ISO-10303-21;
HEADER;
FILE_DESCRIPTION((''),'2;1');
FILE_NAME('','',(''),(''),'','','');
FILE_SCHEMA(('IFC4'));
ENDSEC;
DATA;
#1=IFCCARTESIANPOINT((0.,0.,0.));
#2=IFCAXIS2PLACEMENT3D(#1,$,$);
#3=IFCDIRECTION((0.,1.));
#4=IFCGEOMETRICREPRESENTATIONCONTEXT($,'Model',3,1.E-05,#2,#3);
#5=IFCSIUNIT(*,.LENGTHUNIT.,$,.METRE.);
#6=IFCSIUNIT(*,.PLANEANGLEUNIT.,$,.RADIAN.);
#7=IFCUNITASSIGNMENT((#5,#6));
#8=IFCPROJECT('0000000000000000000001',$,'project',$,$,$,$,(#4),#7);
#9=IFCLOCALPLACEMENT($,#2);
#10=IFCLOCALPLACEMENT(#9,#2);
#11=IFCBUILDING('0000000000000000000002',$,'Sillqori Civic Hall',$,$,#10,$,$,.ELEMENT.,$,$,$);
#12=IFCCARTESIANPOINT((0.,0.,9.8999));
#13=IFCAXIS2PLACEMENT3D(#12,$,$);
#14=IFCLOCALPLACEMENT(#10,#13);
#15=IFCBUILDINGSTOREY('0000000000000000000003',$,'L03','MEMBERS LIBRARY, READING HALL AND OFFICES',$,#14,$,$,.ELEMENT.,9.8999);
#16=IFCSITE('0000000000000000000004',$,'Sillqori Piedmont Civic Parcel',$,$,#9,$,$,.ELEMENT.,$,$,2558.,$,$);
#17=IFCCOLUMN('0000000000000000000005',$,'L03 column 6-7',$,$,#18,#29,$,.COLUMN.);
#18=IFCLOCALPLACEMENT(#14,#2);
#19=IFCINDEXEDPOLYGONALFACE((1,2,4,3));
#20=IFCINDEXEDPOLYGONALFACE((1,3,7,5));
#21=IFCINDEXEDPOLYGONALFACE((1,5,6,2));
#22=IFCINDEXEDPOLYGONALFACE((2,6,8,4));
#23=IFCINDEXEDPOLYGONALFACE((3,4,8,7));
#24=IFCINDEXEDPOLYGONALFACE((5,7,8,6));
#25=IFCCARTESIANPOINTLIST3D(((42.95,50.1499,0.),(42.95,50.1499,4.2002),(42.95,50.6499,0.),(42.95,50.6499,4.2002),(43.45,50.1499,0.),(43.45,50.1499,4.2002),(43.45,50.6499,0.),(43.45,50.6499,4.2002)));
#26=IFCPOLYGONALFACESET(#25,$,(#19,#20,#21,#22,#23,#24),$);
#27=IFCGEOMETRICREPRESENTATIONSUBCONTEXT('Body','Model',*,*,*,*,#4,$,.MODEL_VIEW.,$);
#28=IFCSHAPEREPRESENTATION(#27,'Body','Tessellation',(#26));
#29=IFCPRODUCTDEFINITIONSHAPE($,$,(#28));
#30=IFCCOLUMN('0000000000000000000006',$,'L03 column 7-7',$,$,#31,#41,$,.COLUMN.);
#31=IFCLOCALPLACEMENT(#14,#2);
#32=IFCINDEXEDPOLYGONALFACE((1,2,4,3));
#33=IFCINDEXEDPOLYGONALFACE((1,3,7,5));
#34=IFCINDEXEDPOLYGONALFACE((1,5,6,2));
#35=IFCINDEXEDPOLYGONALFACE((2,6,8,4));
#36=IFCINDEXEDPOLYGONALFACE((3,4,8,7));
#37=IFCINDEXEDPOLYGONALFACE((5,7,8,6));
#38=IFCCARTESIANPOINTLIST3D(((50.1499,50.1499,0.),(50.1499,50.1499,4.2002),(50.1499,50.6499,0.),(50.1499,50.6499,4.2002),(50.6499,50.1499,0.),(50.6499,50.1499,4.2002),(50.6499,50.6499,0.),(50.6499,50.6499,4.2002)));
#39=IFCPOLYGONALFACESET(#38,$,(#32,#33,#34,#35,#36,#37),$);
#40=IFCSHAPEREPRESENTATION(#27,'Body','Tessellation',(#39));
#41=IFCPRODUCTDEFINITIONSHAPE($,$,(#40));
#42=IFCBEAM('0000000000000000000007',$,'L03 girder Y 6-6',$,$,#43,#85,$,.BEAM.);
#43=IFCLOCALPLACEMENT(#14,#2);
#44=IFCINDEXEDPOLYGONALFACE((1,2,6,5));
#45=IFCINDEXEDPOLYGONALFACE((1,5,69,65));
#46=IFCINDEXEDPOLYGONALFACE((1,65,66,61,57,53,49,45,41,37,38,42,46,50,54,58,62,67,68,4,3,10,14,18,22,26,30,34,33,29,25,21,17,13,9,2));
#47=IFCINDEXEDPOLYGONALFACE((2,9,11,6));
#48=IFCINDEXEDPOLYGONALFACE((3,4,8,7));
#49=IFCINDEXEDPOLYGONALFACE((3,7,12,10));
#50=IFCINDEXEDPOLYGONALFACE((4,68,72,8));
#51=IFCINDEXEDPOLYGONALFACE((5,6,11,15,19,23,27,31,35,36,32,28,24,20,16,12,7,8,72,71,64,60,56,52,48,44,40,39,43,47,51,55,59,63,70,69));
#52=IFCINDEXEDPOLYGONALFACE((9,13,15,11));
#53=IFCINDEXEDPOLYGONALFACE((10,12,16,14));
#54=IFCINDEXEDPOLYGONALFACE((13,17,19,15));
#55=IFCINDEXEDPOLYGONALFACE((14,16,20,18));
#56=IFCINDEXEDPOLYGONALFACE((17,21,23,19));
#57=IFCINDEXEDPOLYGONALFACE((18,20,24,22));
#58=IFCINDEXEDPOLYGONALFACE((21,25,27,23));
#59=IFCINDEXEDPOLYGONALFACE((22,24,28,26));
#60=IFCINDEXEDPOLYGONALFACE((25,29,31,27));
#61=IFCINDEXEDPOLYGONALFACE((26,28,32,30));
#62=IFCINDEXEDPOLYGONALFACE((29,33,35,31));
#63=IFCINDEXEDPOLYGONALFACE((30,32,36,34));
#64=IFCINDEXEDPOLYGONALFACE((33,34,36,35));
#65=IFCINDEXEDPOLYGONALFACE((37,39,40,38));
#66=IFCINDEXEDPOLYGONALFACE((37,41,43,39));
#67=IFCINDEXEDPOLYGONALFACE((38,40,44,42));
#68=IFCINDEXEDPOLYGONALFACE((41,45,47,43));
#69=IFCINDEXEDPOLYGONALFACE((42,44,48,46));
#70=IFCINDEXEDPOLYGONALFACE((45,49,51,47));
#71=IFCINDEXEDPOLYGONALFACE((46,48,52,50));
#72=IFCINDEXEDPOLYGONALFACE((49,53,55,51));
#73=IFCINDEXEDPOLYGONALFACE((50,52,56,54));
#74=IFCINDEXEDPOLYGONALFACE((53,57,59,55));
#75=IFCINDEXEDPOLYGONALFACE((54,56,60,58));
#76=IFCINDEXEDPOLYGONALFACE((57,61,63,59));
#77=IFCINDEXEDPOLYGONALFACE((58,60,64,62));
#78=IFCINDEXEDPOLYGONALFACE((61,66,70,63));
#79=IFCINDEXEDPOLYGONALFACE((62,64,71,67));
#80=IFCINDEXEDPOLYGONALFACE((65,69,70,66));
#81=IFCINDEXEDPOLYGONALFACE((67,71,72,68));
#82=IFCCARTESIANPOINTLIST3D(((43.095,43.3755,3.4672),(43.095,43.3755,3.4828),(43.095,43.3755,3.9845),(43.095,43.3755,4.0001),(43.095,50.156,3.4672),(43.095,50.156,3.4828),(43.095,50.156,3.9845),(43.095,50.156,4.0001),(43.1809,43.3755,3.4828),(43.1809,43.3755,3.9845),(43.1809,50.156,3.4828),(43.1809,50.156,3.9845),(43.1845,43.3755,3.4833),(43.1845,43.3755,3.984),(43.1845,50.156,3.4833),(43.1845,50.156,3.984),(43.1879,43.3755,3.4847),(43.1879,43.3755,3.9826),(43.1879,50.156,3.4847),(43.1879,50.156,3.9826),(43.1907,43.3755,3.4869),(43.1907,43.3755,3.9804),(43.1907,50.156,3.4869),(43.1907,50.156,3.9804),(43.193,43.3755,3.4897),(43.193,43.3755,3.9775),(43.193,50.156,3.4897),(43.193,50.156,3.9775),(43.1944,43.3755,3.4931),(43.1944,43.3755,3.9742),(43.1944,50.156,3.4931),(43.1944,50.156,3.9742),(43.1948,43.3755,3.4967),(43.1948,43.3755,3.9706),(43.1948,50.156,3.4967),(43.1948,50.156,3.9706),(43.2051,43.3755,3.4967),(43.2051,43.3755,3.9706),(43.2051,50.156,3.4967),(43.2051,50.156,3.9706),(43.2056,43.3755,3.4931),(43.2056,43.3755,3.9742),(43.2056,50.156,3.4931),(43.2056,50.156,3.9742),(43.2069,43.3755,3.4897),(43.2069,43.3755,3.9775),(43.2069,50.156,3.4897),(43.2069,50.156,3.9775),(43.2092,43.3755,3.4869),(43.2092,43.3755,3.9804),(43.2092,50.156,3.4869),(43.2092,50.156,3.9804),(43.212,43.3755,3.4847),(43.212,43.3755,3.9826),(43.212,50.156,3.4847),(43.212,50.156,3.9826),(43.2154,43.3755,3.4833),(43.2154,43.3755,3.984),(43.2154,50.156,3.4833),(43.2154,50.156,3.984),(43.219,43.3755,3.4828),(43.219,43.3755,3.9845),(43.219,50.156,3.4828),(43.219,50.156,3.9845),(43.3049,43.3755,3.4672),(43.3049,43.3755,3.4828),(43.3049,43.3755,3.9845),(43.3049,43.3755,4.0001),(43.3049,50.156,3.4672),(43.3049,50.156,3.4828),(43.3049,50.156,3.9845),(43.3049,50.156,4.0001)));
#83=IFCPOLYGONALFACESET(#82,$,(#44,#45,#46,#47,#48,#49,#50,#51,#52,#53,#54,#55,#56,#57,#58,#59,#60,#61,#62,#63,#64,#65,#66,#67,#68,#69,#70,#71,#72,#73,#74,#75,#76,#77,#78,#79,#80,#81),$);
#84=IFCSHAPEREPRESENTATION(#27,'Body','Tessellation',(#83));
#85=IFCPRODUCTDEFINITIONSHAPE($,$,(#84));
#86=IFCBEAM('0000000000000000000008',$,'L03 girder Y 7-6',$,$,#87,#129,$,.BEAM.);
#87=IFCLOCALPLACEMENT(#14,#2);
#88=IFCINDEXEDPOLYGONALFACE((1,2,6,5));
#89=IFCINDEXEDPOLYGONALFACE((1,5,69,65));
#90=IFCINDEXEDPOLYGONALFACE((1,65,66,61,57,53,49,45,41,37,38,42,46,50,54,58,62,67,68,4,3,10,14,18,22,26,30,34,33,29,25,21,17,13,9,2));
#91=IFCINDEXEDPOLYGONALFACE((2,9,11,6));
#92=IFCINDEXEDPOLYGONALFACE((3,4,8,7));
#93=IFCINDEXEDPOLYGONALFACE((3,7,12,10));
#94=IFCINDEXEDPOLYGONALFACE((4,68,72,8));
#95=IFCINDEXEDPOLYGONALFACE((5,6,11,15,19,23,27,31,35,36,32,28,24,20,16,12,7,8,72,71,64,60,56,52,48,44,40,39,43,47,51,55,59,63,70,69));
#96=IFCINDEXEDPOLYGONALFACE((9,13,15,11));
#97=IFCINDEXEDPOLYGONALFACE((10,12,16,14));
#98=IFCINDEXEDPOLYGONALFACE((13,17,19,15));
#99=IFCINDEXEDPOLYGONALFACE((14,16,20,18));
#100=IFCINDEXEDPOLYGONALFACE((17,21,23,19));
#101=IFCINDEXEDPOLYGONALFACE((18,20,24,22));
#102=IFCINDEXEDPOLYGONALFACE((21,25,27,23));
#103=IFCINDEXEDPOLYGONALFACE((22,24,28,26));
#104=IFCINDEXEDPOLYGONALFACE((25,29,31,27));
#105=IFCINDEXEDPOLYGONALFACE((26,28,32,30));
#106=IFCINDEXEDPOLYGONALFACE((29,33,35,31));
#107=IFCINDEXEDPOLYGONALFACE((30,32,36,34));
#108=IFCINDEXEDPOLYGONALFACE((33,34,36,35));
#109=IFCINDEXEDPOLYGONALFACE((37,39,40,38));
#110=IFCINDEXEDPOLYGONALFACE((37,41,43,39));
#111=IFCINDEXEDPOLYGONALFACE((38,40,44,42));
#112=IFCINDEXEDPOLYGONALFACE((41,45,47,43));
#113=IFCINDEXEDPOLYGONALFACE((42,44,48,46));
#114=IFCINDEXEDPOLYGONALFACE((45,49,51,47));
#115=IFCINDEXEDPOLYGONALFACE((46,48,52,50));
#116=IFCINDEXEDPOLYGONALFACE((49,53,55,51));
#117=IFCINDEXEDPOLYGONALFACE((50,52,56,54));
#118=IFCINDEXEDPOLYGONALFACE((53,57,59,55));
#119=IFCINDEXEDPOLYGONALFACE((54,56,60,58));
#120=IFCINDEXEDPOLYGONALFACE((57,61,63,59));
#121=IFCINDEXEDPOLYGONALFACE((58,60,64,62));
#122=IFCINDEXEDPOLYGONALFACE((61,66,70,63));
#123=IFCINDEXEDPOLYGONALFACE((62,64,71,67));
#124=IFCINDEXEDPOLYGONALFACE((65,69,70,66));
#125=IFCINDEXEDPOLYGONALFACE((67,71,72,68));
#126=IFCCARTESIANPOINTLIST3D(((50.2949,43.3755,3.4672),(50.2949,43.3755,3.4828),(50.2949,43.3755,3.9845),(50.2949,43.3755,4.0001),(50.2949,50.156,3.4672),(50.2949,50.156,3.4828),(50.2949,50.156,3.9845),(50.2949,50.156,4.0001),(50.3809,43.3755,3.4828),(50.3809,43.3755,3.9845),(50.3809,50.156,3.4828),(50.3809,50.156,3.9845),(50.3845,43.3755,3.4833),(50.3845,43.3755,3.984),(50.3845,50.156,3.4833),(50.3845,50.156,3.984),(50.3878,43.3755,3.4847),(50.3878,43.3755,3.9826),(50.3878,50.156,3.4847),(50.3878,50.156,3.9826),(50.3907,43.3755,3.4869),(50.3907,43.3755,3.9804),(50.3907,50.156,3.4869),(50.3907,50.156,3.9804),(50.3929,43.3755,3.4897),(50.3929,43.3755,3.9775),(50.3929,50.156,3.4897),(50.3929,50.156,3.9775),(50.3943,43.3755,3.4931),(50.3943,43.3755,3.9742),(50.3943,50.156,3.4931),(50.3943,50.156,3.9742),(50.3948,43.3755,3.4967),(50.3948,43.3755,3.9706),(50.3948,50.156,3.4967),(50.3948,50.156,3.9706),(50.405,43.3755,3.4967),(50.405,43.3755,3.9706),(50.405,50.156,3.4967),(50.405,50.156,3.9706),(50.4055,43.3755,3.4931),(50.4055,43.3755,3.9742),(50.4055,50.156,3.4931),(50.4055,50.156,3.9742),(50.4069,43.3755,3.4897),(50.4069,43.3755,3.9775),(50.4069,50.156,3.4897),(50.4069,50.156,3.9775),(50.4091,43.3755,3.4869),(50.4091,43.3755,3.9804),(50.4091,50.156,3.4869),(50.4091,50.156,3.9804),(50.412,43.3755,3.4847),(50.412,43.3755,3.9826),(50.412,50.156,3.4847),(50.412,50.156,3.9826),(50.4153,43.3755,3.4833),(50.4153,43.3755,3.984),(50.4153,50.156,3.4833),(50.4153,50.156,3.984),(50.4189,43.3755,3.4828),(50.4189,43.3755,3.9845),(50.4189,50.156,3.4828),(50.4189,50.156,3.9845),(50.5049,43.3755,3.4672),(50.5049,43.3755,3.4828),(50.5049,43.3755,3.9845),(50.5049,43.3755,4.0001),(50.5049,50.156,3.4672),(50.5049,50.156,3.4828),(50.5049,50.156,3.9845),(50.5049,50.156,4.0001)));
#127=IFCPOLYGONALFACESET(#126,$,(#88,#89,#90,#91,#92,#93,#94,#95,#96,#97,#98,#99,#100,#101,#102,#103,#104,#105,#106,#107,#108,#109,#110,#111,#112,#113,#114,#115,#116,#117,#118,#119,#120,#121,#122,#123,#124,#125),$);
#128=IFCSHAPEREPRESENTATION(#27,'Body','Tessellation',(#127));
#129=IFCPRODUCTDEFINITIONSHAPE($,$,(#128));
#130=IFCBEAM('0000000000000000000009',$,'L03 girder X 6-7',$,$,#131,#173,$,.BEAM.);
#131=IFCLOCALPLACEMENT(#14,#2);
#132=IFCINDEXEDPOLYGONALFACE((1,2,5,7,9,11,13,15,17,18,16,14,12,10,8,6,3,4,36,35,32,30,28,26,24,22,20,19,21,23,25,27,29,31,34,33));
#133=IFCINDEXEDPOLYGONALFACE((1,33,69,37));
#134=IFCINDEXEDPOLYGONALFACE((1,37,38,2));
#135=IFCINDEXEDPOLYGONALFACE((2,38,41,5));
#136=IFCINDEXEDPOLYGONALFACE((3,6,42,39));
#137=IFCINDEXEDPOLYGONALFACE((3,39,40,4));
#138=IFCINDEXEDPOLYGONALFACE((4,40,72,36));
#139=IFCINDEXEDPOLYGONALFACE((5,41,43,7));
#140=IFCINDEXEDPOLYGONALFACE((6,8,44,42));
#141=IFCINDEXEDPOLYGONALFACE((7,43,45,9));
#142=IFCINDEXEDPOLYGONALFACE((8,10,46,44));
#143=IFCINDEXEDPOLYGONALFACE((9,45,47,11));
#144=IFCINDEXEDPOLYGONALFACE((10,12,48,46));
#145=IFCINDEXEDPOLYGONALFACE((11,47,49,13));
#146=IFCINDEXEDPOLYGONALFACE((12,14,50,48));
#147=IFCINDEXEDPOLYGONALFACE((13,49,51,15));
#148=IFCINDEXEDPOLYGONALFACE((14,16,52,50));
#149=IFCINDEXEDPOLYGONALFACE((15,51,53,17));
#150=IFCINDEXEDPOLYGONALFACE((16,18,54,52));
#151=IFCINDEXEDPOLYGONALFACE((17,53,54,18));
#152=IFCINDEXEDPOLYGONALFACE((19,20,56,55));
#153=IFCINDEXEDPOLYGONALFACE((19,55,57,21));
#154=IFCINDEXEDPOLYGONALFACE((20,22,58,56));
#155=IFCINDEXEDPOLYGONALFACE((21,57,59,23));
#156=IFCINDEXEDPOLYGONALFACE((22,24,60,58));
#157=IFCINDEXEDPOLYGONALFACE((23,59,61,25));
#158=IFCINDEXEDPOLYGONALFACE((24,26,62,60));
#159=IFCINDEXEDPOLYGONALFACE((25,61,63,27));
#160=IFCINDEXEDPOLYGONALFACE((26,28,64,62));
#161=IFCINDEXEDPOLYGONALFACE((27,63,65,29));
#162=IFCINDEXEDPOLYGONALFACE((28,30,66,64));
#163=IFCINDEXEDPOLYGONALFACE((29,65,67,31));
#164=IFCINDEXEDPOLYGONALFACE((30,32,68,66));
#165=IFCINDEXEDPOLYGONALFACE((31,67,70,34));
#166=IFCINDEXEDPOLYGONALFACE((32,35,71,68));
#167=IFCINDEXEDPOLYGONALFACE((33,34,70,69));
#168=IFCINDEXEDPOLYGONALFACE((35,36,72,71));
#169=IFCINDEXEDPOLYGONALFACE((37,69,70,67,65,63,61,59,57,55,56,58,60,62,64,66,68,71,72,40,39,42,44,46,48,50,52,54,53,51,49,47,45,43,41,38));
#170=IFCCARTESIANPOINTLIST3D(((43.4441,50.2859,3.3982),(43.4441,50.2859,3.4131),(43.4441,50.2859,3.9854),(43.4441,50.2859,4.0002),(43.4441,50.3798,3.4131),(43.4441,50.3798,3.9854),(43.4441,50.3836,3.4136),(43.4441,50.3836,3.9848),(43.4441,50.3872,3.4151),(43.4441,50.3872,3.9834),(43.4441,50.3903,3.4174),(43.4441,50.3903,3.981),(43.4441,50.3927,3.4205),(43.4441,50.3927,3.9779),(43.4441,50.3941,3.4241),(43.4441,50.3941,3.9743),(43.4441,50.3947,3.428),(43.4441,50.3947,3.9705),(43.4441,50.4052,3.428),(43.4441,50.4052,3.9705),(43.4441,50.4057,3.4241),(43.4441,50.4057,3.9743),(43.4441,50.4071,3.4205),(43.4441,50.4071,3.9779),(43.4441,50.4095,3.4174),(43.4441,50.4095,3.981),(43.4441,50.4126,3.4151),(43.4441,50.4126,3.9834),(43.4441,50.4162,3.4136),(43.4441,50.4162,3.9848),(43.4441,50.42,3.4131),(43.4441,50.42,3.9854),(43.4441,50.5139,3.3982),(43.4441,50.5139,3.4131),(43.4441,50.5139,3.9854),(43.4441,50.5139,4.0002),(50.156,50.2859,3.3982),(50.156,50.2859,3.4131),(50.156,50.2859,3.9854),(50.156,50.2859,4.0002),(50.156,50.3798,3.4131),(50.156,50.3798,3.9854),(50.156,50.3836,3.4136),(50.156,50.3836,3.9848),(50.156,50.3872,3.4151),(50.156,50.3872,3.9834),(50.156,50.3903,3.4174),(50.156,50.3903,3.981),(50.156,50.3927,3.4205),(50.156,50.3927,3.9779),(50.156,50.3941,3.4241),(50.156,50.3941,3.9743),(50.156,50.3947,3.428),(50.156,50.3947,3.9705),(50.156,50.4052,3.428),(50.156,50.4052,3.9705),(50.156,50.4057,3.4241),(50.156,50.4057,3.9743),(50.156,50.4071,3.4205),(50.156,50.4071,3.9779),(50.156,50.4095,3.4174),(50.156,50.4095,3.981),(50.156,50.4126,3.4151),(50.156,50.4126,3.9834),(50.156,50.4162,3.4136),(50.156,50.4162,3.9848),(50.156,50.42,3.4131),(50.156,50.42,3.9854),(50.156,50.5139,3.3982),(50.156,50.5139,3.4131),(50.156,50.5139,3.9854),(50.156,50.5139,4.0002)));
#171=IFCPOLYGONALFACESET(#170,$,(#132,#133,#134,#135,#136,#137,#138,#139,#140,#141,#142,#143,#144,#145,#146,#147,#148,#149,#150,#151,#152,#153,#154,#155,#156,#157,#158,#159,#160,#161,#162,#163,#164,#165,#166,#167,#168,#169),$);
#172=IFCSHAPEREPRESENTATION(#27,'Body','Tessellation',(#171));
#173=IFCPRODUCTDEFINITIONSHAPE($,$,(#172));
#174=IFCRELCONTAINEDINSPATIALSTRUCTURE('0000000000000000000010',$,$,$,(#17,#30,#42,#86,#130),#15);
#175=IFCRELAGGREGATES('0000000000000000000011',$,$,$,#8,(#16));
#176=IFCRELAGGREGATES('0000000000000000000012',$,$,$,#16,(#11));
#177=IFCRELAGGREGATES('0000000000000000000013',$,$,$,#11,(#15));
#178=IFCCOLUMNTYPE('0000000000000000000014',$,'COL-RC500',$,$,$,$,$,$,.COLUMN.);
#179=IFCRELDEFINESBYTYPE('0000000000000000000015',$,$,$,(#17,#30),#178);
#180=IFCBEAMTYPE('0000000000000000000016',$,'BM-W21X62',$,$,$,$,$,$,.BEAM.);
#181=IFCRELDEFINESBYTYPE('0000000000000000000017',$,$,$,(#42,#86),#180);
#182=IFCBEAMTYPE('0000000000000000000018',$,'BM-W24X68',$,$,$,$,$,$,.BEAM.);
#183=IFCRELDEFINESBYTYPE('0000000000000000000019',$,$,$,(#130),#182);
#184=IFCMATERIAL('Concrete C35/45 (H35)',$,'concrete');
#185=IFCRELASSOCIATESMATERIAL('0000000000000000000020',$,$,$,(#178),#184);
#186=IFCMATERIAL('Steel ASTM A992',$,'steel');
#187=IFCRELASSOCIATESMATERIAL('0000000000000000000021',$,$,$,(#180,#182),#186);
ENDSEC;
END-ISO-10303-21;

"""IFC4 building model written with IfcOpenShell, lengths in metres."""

from ifc_helpers import new_model, si_unit, direction, frame, origin, origin_2d, place, context, subcontext, project, spatial, rectangle, i_section, extrude, material, material_profile, profile_set, type_object, element, save


model = new_model("IFC4")

# Units and contexts
model_context = context("Model", 3, precision=1e-05, world=origin(), true_north=direction((0.0, 1.0)))
body_context = subcontext(model_context, "Body", "Model", "MODEL_VIEW")
ifc_project = project(units=[si_unit("LENGTHUNIT", "METRE"), si_unit("PLANEANGLEUNIT", "RADIAN")], contexts=[model_context])

# Site, building, storey
site_placement = place(None, origin())
site = spatial("IfcSite", under=ifc_project, at=site_placement, Name="Sillqori Piedmont Civic Parcel", CompositionType="ELEMENT", RefElevation=2558.0)
building_placement = place(site_placement, origin())
building = spatial("IfcBuilding", under=site, at=building_placement, Name="Sillqori Civic Hall", CompositionType="ELEMENT")
storey_placement = place(building_placement, frame((0.0, 0.0, 9.8999)))
storey = spatial("IfcBuildingStorey", under=building, at=storey_placement, Name="L03", Description="MEMBERS LIBRARY, READING HALL AND OFFICES", CompositionType="ELEMENT", Elevation=9.8999)

# Columns
ifc_material_1 = material(Name="Concrete C35/45 (H35)", Category="concrete")
ifc_material_profile_1 = material_profile(ifc_material_1, rectangle(XDim=0.5, YDim=0.5, at=origin_2d()), Name="RC 500x500")
ifc_profile_set_1 = profile_set([ifc_material_profile_1], Name="Concrete C35/45 (H35)")
column_type = type_object("IfcColumnType", Name="COL-RC500", PredefinedType="COLUMN", material=ifc_profile_set_1)
for number, where, z_axis, x_axis, name in (
    (1, (43.2, 50.3999, 0.0), (0.0, 0.0, 1.0), (1.0, 0.0, 0.0), "L03 column 6-7"),
    (2, (50.3999, 50.3999, 0.0), (0.0, 0.0, 1.0), (1.0, 0.0, 0.0), "L03 column 7-7"),
):
    element("IfcColumn", number, at=place(storey_placement, frame(where, z_axis=z_axis, x_axis=x_axis)), inside=storey, type_object=column_type, Name=name, PredefinedType="COLUMN", context=body_context, shape_type="SweptSolid", body=[
        extrude(rectangle(XDim=0.5, YDim=0.5, at=origin_2d()), origin(), (0.0, 0.0, 1.0), 4.2002),
    ])

# Beams
ifc_material_2 = material(Name="Steel ASTM A992", Category="steel")
ifc_material_profile_2 = material_profile(ifc_material_2, i_section(OverallWidth=0.21, OverallDepth=0.533, WebThickness=0.0103, FlangeThickness=0.0156, FilletRadius=0.0139, at=origin_2d()), Name="W21X62")
ifc_profile_set_2 = profile_set([ifc_material_profile_2], Name="Steel ASTM A992")
beam_type_1 = type_object("IfcBeamType", Name="BM-W21X62", PredefinedType="BEAM", material=ifc_profile_set_2)
for number, where, z_axis, x_axis, name in (
    (3, (43.2, 43.3755, 3.7336), (0.0, 1.0, 0.0), (-1.0, 0.0, 0.0), "L03 girder Y 6-6"),
    (4, (50.3999, 43.3755, 3.7336), (0.0, 1.0, 0.0), (-1.0, 0.0, 0.0), "L03 girder Y 7-6"),
):
    element("IfcBeam", number, at=place(storey_placement, frame(where, z_axis=z_axis, x_axis=x_axis)), inside=storey, type_object=beam_type_1, Name=name, PredefinedType="BEAM", context=body_context, shape_type="SweptSolid", body=[
        extrude(i_section(OverallWidth=0.21, OverallDepth=0.533, WebThickness=0.0103, FlangeThickness=0.0156, FilletRadius=0.0139, at=origin_2d()), origin(), (0.0, 0.0, 1.0), 6.7805),
    ])
ifc_material_profile_3 = material_profile(ifc_material_2, i_section(OverallWidth=0.228, OverallDepth=0.6021, WebThickness=0.0105, FlangeThickness=0.0149, FilletRadius=0.0149, at=origin_2d()), Name="W24X68")
ifc_profile_set_3 = profile_set([ifc_material_profile_3], Name="Steel ASTM A992")
beam_type_2 = type_object("IfcBeamType", Name="BM-W24X68", PredefinedType="BEAM", material=ifc_profile_set_3)
for number, where, z_axis, x_axis, name in (
    (5, (43.4441, 50.3999, 3.6992), (1.0, 0.0, 0.0), (0.0, 1.0, 0.0), "L03 girder X 6-7"),
):
    element("IfcBeam", number, at=place(storey_placement, frame(where, z_axis=z_axis, x_axis=x_axis)), inside=storey, type_object=beam_type_2, Name=name, PredefinedType="BEAM", context=body_context, shape_type="SweptSolid", body=[
        extrude(i_section(OverallWidth=0.228, OverallDepth=0.6021, WebThickness=0.0105, FlangeThickness=0.0149, FilletRadius=0.0149, at=origin_2d()), origin(), (0.0, 0.0, 1.0), 6.7119),
    ])

save(model, "model.ifc")
